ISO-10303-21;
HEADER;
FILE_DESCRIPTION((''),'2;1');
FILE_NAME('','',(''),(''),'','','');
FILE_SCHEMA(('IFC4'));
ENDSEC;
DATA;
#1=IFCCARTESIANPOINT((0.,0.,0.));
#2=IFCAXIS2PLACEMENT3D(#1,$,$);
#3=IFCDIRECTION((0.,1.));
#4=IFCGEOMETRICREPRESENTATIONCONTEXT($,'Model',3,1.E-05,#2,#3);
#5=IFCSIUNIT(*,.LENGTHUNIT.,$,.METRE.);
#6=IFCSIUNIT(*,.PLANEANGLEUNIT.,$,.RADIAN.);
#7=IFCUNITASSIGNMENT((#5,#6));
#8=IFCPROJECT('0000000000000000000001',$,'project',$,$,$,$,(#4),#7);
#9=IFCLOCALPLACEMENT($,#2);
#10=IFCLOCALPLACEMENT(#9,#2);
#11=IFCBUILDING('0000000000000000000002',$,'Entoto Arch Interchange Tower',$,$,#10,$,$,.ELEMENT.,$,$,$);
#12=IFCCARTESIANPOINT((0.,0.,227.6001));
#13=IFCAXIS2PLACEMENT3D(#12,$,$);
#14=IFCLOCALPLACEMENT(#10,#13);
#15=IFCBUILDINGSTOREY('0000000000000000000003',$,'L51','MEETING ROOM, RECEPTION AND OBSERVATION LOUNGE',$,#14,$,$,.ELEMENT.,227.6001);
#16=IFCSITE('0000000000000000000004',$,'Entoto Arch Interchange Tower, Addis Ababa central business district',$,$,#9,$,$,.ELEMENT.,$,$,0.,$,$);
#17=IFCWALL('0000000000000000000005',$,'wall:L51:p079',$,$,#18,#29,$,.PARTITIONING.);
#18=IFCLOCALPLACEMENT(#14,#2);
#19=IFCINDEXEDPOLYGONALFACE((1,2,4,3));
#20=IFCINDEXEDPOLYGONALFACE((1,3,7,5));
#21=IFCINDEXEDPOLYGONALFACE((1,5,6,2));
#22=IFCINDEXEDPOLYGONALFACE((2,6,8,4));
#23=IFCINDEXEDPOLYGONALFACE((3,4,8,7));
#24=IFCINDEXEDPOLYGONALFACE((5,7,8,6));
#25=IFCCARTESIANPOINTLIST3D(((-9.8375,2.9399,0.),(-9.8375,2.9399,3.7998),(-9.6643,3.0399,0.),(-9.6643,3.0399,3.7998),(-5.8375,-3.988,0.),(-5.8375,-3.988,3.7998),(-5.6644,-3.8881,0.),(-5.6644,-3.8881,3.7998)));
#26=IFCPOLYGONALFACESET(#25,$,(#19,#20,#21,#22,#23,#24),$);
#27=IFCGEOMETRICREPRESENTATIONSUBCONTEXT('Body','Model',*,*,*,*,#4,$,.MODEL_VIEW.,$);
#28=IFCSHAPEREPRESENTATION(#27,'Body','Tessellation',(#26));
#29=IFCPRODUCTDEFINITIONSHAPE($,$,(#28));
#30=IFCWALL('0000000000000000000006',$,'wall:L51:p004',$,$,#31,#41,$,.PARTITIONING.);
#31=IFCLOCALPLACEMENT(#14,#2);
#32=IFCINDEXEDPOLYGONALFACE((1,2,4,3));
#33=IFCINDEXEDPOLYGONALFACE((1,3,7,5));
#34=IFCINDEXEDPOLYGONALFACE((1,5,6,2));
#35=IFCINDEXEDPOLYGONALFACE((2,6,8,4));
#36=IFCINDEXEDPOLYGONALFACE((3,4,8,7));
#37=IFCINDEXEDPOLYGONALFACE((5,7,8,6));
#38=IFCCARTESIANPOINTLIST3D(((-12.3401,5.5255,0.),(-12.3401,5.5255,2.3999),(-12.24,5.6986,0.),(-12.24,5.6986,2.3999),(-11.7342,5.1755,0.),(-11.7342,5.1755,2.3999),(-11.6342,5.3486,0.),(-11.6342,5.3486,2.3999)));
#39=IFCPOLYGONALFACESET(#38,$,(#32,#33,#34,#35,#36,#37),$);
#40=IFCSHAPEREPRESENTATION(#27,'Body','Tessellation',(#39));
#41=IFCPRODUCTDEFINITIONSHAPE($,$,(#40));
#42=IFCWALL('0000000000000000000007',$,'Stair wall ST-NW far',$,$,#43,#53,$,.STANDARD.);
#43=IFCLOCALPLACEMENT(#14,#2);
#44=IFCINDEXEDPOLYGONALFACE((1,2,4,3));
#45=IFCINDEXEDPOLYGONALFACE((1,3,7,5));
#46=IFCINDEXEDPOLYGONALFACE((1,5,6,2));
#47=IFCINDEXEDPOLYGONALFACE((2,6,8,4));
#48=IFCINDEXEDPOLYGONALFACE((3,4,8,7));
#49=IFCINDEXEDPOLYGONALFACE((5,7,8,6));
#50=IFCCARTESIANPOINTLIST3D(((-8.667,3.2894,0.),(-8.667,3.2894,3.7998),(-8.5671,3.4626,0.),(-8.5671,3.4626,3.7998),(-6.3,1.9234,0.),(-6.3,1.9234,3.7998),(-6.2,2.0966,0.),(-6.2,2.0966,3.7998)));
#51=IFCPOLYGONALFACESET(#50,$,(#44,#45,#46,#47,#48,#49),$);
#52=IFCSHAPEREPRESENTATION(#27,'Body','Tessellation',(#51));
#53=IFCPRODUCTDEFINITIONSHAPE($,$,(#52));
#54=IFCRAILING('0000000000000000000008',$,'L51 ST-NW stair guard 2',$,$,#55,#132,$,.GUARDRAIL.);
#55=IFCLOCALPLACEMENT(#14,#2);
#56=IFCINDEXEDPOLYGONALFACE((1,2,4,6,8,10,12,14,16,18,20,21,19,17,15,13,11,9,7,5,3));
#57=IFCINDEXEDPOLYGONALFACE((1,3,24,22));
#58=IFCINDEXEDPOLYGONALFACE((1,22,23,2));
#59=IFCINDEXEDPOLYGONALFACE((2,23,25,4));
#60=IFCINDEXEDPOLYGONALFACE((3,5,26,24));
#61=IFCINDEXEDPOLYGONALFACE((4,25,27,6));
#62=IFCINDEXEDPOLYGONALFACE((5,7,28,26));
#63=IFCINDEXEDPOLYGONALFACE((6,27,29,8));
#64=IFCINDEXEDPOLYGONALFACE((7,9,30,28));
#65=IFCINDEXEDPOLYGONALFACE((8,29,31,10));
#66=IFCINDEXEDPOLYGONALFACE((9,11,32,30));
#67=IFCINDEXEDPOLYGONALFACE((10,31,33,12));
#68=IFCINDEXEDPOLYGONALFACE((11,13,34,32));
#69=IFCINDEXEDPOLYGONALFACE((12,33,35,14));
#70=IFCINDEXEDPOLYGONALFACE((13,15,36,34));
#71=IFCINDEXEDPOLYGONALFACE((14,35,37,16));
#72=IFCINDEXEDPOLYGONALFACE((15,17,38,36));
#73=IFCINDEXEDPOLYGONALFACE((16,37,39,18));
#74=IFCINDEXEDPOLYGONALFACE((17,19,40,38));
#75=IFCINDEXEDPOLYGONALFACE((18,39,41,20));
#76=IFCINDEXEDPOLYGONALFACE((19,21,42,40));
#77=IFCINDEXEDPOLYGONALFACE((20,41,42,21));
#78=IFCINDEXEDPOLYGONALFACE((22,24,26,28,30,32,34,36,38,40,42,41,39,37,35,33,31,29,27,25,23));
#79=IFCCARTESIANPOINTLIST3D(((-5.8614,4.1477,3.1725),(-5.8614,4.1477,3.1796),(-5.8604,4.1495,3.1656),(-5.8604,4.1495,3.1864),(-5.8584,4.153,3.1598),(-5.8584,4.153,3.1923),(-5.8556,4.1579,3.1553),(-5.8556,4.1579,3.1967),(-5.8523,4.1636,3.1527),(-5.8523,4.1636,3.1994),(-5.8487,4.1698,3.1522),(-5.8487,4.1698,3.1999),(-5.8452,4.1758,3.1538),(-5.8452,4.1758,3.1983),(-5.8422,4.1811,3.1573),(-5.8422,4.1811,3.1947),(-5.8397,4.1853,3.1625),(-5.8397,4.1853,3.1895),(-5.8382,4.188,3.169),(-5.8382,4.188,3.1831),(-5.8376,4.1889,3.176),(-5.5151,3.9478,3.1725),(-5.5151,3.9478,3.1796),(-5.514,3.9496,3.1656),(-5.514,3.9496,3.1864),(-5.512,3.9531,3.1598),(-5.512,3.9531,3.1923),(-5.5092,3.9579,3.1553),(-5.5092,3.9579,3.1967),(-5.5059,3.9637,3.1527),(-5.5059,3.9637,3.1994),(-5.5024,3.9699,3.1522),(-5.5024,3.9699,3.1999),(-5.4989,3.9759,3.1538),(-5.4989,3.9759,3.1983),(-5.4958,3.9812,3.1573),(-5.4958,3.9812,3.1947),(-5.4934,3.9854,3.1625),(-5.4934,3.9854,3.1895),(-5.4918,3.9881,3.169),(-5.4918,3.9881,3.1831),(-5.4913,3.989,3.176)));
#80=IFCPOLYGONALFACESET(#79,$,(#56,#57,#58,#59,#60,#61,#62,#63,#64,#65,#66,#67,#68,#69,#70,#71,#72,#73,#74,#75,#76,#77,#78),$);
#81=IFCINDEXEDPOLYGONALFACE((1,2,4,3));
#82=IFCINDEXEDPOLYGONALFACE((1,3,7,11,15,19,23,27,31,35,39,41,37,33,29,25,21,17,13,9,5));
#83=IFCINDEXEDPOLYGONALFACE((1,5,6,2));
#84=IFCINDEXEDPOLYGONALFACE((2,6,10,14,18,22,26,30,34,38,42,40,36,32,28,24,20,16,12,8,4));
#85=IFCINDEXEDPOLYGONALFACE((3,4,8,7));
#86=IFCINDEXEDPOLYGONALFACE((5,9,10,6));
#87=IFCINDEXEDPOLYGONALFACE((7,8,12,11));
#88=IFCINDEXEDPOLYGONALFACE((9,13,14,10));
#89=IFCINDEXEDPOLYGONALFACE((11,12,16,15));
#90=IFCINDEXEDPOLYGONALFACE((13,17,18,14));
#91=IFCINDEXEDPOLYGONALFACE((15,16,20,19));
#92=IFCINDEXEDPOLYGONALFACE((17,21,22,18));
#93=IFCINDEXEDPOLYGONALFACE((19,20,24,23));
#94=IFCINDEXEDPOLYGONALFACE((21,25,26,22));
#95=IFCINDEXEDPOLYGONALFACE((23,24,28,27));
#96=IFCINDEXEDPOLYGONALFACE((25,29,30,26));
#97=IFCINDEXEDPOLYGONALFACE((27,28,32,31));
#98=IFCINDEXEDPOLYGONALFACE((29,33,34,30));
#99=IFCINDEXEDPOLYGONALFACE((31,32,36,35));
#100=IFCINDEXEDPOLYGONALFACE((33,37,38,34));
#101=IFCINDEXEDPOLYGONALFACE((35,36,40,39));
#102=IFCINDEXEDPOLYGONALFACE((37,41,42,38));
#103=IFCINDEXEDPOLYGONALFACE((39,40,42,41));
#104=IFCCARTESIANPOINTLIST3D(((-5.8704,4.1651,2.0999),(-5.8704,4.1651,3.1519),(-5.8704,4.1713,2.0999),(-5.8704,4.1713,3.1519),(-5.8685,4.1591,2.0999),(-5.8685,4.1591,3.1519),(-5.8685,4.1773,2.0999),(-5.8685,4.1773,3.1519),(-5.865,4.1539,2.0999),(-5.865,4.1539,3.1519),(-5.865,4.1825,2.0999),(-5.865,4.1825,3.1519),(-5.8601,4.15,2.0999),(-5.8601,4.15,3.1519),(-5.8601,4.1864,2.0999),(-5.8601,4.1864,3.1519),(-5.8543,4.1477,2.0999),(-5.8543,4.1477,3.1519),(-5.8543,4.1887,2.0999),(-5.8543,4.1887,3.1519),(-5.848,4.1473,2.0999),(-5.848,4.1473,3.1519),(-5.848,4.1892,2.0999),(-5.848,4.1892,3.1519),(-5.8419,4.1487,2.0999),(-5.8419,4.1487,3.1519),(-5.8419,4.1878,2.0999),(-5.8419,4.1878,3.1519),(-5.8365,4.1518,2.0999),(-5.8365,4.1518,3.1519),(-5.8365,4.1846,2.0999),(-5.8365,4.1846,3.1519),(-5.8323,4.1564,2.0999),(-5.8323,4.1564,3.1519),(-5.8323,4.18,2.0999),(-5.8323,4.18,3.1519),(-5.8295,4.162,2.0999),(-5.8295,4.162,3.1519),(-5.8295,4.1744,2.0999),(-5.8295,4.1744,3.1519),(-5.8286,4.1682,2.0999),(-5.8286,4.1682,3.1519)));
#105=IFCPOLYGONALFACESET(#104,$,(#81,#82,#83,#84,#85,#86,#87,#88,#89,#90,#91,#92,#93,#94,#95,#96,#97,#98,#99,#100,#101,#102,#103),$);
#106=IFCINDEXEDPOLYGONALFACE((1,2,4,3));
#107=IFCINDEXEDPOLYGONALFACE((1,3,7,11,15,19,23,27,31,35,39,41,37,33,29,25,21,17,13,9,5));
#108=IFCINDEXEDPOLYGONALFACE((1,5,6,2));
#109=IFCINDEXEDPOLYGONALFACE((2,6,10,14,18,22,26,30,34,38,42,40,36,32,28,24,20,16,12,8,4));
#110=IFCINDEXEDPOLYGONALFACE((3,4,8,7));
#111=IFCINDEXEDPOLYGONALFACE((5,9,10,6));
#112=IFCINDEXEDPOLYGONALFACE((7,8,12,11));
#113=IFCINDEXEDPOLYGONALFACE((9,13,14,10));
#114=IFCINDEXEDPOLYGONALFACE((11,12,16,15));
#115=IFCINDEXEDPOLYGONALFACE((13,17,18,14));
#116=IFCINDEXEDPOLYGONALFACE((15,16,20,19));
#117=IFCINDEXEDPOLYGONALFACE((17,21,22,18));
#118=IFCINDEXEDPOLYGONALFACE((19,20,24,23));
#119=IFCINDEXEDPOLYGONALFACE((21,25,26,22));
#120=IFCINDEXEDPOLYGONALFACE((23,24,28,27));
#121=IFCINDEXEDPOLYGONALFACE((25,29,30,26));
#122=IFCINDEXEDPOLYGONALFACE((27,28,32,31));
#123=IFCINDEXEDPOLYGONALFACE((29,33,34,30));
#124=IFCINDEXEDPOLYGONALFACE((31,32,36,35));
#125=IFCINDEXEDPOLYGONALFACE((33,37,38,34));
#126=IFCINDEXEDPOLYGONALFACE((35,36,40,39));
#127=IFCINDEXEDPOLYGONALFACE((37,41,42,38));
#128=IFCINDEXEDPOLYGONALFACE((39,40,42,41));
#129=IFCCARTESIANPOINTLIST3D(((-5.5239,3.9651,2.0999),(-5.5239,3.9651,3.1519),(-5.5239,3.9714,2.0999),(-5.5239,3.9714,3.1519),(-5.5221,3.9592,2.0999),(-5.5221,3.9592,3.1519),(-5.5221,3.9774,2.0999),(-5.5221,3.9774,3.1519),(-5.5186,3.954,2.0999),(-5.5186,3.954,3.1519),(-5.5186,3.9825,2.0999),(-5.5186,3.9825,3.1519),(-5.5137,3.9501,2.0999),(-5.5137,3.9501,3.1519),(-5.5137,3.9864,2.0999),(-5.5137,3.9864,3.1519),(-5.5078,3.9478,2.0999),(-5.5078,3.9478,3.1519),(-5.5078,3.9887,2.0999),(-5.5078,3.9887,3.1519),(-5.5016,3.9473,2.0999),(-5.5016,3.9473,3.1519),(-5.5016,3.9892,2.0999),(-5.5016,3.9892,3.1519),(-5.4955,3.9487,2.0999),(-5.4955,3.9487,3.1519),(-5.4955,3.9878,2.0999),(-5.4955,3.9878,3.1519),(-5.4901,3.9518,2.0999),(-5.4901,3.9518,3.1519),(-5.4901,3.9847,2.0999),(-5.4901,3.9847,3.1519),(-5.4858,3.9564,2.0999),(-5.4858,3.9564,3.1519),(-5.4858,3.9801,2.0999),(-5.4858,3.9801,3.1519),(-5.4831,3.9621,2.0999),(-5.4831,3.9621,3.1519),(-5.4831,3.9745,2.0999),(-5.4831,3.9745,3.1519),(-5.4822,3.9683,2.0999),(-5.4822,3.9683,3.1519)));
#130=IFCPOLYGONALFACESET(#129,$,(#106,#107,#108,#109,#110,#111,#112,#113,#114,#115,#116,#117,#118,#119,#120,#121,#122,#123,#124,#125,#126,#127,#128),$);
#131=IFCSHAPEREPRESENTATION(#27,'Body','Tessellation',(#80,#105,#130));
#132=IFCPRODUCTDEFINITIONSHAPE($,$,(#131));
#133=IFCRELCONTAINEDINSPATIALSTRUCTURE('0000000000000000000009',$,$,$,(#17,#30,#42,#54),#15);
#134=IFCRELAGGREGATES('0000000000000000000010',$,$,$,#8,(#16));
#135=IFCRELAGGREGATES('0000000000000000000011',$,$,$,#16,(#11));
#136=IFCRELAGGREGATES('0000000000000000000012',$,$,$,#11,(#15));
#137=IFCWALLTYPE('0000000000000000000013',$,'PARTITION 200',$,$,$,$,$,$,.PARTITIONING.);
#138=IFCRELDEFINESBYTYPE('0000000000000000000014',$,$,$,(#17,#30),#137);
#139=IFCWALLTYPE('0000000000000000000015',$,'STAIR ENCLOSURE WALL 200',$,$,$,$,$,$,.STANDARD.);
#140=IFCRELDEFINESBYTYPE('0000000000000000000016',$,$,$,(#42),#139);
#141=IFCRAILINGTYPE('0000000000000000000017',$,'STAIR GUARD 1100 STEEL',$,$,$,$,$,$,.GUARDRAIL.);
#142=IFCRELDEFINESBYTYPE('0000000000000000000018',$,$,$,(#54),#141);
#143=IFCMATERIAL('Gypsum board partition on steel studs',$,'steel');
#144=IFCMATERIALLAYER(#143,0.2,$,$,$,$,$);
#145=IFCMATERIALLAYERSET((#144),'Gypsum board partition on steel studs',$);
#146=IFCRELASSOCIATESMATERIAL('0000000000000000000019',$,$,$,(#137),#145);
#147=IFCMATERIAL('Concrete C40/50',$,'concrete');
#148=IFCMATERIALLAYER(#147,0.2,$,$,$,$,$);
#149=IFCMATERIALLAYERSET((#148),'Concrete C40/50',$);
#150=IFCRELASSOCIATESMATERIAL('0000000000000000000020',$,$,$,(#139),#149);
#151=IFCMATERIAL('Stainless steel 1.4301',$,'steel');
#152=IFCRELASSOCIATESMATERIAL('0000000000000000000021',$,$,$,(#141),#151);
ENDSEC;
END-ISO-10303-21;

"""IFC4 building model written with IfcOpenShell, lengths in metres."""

from ifc_helpers import new_model, si_unit, direction, frame, frame_2d, origin, origin_2d, place, context, subcontext, project, spatial, rectangle, circle, extrude, material, layer, layer_set, type_object, element, save


model = new_model("IFC4")

# Units and contexts
model_context = context("Model", 3, precision=1e-05, world=origin(), true_north=direction((0.0, 1.0)))
body_context = subcontext(model_context, "Body", "Model", "MODEL_VIEW")
ifc_project = project(units=[si_unit("LENGTHUNIT", "METRE"), si_unit("PLANEANGLEUNIT", "RADIAN")], contexts=[model_context])

# Site, building, storey
site_placement = place(None, origin())
site = spatial("IfcSite", under=ifc_project, at=site_placement, Name="Entoto Arch Interchange Tower, Addis Ababa central business district", CompositionType="ELEMENT", RefElevation=0.0)
building_placement = place(site_placement, origin())
building = spatial("IfcBuilding", under=site, at=building_placement, Name="Entoto Arch Interchange Tower", CompositionType="ELEMENT")
storey_placement = place(building_placement, frame((0.0, 0.0, 227.6001)))
storey = spatial("IfcBuildingStorey", under=building, at=storey_placement, Name="L51", Description="MEETING ROOM, RECEPTION AND OBSERVATION LOUNGE", CompositionType="ELEMENT", Elevation=227.6001)

# Shared definitions
ifc_material_1 = material(Name="Concrete C40/50", Category="concrete")

# Shared definitions
ifc_material_2 = material(Name="Gypsum board partition on steel studs", Category="steel")
ifc_layer_1 = layer(ifc_material_2, 0.2)
ifc_layer_set_1 = layer_set([ifc_layer_1], Name="Gypsum board partition on steel studs")
wall_type_1 = type_object("IfcWallType", Name="PARTITION 200", PredefinedType="PARTITIONING", material=ifc_layer_set_1)

# Walls
wall_1_placement = place(storey_placement, frame((-9.751, 2.99, 0.0), z_axis=(0.0, 0.0, 1.0), x_axis=(0.500012, -0.866018, 0.0)))
element("IfcWall", 1, at=wall_1_placement, inside=storey, type_object=wall_type_1, Name="wall:L51:p079", PredefinedType="PARTITIONING", context=body_context, shape_type="SweptSolid", body=[
    extrude(rectangle(XDim=7.9998, YDim=0.2, at=frame_2d((4.0, 0.0))), origin(), (0.0, 0.0, 1.0), 3.7998),
])
wall_2_placement = place(storey_placement, frame((-12.29, 5.6121, 0.0), z_axis=(0.0, 0.0, 1.0), x_axis=(0.865872, -0.500266, 0.0)))
element("IfcWall", 2, at=wall_2_placement, inside=storey, type_object=wall_type_1, Name="wall:L51:p004", PredefinedType="PARTITIONING", context=body_context, shape_type="SweptSolid", body=[
    extrude(rectangle(XDim=0.6997, YDim=0.2, at=frame_2d((0.3499, 0.0))), origin(), (0.0, 0.0, 1.0), 2.3999),
])
ifc_layer_2 = layer(ifc_material_1, 0.2)
ifc_layer_set_2 = layer_set([ifc_layer_2], Name="Concrete C40/50")
wall_type_2 = type_object("IfcWallType", Name="STAIR ENCLOSURE WALL 200", PredefinedType="STANDARD", material=ifc_layer_set_2)
wall_3_placement = place(storey_placement, frame((-6.25, 2.01, 0.0), z_axis=(0.0, 0.0, 1.0), x_axis=(-0.866119, 0.499838, 0.0)))
element("IfcWall", 3, at=wall_3_placement, inside=storey, type_object=wall_type_2, Name="Stair wall ST-NW far", PredefinedType="STANDARD", context=body_context, shape_type="SweptSolid", body=[
    extrude(rectangle(XDim=2.7329, YDim=0.2, at=frame_2d((1.3665, 0.0))), origin(), (0.0, 0.0, 1.0), 3.7998),
])

# Railing
ifc_material_3 = material(Name="Stainless steel 1.4301", Category="steel")
railing_type = type_object("IfcRailingType", Name="STAIR GUARD 1100 STEEL", PredefinedType="GUARDRAIL", material=ifc_material_3)
railing_1_placement = place(storey_placement, frame((-5.8496, 4.1682, 2.0999)))
element("IfcRailing", 4, at=railing_1_placement, inside=storey, type_object=railing_type, Name="L51 ST-NW stair guard 2", PredefinedType="GUARDRAIL", context=body_context, shape_type="SweptSolid", body=[
    extrude(circle(Radius=0.0239, at=origin_2d()), frame((0.0, 0.0, 1.0762), z_axis=(0.866094, -0.499881, 0.0), x_axis=(0.499881, 0.866094, 0.0)), (0.0, 0.0, 1.0), 0.3999),
    extrude(circle(Radius=0.021, at=origin_2d()), origin(), (0.0, 0.0, 1.0), 1.052),
    extrude(circle(Radius=0.021, at=origin_2d()), frame((0.3464, -0.2, 0.0)), (0.0, 0.0, 1.0), 1.052),
])

save(model, "model.ifc")
